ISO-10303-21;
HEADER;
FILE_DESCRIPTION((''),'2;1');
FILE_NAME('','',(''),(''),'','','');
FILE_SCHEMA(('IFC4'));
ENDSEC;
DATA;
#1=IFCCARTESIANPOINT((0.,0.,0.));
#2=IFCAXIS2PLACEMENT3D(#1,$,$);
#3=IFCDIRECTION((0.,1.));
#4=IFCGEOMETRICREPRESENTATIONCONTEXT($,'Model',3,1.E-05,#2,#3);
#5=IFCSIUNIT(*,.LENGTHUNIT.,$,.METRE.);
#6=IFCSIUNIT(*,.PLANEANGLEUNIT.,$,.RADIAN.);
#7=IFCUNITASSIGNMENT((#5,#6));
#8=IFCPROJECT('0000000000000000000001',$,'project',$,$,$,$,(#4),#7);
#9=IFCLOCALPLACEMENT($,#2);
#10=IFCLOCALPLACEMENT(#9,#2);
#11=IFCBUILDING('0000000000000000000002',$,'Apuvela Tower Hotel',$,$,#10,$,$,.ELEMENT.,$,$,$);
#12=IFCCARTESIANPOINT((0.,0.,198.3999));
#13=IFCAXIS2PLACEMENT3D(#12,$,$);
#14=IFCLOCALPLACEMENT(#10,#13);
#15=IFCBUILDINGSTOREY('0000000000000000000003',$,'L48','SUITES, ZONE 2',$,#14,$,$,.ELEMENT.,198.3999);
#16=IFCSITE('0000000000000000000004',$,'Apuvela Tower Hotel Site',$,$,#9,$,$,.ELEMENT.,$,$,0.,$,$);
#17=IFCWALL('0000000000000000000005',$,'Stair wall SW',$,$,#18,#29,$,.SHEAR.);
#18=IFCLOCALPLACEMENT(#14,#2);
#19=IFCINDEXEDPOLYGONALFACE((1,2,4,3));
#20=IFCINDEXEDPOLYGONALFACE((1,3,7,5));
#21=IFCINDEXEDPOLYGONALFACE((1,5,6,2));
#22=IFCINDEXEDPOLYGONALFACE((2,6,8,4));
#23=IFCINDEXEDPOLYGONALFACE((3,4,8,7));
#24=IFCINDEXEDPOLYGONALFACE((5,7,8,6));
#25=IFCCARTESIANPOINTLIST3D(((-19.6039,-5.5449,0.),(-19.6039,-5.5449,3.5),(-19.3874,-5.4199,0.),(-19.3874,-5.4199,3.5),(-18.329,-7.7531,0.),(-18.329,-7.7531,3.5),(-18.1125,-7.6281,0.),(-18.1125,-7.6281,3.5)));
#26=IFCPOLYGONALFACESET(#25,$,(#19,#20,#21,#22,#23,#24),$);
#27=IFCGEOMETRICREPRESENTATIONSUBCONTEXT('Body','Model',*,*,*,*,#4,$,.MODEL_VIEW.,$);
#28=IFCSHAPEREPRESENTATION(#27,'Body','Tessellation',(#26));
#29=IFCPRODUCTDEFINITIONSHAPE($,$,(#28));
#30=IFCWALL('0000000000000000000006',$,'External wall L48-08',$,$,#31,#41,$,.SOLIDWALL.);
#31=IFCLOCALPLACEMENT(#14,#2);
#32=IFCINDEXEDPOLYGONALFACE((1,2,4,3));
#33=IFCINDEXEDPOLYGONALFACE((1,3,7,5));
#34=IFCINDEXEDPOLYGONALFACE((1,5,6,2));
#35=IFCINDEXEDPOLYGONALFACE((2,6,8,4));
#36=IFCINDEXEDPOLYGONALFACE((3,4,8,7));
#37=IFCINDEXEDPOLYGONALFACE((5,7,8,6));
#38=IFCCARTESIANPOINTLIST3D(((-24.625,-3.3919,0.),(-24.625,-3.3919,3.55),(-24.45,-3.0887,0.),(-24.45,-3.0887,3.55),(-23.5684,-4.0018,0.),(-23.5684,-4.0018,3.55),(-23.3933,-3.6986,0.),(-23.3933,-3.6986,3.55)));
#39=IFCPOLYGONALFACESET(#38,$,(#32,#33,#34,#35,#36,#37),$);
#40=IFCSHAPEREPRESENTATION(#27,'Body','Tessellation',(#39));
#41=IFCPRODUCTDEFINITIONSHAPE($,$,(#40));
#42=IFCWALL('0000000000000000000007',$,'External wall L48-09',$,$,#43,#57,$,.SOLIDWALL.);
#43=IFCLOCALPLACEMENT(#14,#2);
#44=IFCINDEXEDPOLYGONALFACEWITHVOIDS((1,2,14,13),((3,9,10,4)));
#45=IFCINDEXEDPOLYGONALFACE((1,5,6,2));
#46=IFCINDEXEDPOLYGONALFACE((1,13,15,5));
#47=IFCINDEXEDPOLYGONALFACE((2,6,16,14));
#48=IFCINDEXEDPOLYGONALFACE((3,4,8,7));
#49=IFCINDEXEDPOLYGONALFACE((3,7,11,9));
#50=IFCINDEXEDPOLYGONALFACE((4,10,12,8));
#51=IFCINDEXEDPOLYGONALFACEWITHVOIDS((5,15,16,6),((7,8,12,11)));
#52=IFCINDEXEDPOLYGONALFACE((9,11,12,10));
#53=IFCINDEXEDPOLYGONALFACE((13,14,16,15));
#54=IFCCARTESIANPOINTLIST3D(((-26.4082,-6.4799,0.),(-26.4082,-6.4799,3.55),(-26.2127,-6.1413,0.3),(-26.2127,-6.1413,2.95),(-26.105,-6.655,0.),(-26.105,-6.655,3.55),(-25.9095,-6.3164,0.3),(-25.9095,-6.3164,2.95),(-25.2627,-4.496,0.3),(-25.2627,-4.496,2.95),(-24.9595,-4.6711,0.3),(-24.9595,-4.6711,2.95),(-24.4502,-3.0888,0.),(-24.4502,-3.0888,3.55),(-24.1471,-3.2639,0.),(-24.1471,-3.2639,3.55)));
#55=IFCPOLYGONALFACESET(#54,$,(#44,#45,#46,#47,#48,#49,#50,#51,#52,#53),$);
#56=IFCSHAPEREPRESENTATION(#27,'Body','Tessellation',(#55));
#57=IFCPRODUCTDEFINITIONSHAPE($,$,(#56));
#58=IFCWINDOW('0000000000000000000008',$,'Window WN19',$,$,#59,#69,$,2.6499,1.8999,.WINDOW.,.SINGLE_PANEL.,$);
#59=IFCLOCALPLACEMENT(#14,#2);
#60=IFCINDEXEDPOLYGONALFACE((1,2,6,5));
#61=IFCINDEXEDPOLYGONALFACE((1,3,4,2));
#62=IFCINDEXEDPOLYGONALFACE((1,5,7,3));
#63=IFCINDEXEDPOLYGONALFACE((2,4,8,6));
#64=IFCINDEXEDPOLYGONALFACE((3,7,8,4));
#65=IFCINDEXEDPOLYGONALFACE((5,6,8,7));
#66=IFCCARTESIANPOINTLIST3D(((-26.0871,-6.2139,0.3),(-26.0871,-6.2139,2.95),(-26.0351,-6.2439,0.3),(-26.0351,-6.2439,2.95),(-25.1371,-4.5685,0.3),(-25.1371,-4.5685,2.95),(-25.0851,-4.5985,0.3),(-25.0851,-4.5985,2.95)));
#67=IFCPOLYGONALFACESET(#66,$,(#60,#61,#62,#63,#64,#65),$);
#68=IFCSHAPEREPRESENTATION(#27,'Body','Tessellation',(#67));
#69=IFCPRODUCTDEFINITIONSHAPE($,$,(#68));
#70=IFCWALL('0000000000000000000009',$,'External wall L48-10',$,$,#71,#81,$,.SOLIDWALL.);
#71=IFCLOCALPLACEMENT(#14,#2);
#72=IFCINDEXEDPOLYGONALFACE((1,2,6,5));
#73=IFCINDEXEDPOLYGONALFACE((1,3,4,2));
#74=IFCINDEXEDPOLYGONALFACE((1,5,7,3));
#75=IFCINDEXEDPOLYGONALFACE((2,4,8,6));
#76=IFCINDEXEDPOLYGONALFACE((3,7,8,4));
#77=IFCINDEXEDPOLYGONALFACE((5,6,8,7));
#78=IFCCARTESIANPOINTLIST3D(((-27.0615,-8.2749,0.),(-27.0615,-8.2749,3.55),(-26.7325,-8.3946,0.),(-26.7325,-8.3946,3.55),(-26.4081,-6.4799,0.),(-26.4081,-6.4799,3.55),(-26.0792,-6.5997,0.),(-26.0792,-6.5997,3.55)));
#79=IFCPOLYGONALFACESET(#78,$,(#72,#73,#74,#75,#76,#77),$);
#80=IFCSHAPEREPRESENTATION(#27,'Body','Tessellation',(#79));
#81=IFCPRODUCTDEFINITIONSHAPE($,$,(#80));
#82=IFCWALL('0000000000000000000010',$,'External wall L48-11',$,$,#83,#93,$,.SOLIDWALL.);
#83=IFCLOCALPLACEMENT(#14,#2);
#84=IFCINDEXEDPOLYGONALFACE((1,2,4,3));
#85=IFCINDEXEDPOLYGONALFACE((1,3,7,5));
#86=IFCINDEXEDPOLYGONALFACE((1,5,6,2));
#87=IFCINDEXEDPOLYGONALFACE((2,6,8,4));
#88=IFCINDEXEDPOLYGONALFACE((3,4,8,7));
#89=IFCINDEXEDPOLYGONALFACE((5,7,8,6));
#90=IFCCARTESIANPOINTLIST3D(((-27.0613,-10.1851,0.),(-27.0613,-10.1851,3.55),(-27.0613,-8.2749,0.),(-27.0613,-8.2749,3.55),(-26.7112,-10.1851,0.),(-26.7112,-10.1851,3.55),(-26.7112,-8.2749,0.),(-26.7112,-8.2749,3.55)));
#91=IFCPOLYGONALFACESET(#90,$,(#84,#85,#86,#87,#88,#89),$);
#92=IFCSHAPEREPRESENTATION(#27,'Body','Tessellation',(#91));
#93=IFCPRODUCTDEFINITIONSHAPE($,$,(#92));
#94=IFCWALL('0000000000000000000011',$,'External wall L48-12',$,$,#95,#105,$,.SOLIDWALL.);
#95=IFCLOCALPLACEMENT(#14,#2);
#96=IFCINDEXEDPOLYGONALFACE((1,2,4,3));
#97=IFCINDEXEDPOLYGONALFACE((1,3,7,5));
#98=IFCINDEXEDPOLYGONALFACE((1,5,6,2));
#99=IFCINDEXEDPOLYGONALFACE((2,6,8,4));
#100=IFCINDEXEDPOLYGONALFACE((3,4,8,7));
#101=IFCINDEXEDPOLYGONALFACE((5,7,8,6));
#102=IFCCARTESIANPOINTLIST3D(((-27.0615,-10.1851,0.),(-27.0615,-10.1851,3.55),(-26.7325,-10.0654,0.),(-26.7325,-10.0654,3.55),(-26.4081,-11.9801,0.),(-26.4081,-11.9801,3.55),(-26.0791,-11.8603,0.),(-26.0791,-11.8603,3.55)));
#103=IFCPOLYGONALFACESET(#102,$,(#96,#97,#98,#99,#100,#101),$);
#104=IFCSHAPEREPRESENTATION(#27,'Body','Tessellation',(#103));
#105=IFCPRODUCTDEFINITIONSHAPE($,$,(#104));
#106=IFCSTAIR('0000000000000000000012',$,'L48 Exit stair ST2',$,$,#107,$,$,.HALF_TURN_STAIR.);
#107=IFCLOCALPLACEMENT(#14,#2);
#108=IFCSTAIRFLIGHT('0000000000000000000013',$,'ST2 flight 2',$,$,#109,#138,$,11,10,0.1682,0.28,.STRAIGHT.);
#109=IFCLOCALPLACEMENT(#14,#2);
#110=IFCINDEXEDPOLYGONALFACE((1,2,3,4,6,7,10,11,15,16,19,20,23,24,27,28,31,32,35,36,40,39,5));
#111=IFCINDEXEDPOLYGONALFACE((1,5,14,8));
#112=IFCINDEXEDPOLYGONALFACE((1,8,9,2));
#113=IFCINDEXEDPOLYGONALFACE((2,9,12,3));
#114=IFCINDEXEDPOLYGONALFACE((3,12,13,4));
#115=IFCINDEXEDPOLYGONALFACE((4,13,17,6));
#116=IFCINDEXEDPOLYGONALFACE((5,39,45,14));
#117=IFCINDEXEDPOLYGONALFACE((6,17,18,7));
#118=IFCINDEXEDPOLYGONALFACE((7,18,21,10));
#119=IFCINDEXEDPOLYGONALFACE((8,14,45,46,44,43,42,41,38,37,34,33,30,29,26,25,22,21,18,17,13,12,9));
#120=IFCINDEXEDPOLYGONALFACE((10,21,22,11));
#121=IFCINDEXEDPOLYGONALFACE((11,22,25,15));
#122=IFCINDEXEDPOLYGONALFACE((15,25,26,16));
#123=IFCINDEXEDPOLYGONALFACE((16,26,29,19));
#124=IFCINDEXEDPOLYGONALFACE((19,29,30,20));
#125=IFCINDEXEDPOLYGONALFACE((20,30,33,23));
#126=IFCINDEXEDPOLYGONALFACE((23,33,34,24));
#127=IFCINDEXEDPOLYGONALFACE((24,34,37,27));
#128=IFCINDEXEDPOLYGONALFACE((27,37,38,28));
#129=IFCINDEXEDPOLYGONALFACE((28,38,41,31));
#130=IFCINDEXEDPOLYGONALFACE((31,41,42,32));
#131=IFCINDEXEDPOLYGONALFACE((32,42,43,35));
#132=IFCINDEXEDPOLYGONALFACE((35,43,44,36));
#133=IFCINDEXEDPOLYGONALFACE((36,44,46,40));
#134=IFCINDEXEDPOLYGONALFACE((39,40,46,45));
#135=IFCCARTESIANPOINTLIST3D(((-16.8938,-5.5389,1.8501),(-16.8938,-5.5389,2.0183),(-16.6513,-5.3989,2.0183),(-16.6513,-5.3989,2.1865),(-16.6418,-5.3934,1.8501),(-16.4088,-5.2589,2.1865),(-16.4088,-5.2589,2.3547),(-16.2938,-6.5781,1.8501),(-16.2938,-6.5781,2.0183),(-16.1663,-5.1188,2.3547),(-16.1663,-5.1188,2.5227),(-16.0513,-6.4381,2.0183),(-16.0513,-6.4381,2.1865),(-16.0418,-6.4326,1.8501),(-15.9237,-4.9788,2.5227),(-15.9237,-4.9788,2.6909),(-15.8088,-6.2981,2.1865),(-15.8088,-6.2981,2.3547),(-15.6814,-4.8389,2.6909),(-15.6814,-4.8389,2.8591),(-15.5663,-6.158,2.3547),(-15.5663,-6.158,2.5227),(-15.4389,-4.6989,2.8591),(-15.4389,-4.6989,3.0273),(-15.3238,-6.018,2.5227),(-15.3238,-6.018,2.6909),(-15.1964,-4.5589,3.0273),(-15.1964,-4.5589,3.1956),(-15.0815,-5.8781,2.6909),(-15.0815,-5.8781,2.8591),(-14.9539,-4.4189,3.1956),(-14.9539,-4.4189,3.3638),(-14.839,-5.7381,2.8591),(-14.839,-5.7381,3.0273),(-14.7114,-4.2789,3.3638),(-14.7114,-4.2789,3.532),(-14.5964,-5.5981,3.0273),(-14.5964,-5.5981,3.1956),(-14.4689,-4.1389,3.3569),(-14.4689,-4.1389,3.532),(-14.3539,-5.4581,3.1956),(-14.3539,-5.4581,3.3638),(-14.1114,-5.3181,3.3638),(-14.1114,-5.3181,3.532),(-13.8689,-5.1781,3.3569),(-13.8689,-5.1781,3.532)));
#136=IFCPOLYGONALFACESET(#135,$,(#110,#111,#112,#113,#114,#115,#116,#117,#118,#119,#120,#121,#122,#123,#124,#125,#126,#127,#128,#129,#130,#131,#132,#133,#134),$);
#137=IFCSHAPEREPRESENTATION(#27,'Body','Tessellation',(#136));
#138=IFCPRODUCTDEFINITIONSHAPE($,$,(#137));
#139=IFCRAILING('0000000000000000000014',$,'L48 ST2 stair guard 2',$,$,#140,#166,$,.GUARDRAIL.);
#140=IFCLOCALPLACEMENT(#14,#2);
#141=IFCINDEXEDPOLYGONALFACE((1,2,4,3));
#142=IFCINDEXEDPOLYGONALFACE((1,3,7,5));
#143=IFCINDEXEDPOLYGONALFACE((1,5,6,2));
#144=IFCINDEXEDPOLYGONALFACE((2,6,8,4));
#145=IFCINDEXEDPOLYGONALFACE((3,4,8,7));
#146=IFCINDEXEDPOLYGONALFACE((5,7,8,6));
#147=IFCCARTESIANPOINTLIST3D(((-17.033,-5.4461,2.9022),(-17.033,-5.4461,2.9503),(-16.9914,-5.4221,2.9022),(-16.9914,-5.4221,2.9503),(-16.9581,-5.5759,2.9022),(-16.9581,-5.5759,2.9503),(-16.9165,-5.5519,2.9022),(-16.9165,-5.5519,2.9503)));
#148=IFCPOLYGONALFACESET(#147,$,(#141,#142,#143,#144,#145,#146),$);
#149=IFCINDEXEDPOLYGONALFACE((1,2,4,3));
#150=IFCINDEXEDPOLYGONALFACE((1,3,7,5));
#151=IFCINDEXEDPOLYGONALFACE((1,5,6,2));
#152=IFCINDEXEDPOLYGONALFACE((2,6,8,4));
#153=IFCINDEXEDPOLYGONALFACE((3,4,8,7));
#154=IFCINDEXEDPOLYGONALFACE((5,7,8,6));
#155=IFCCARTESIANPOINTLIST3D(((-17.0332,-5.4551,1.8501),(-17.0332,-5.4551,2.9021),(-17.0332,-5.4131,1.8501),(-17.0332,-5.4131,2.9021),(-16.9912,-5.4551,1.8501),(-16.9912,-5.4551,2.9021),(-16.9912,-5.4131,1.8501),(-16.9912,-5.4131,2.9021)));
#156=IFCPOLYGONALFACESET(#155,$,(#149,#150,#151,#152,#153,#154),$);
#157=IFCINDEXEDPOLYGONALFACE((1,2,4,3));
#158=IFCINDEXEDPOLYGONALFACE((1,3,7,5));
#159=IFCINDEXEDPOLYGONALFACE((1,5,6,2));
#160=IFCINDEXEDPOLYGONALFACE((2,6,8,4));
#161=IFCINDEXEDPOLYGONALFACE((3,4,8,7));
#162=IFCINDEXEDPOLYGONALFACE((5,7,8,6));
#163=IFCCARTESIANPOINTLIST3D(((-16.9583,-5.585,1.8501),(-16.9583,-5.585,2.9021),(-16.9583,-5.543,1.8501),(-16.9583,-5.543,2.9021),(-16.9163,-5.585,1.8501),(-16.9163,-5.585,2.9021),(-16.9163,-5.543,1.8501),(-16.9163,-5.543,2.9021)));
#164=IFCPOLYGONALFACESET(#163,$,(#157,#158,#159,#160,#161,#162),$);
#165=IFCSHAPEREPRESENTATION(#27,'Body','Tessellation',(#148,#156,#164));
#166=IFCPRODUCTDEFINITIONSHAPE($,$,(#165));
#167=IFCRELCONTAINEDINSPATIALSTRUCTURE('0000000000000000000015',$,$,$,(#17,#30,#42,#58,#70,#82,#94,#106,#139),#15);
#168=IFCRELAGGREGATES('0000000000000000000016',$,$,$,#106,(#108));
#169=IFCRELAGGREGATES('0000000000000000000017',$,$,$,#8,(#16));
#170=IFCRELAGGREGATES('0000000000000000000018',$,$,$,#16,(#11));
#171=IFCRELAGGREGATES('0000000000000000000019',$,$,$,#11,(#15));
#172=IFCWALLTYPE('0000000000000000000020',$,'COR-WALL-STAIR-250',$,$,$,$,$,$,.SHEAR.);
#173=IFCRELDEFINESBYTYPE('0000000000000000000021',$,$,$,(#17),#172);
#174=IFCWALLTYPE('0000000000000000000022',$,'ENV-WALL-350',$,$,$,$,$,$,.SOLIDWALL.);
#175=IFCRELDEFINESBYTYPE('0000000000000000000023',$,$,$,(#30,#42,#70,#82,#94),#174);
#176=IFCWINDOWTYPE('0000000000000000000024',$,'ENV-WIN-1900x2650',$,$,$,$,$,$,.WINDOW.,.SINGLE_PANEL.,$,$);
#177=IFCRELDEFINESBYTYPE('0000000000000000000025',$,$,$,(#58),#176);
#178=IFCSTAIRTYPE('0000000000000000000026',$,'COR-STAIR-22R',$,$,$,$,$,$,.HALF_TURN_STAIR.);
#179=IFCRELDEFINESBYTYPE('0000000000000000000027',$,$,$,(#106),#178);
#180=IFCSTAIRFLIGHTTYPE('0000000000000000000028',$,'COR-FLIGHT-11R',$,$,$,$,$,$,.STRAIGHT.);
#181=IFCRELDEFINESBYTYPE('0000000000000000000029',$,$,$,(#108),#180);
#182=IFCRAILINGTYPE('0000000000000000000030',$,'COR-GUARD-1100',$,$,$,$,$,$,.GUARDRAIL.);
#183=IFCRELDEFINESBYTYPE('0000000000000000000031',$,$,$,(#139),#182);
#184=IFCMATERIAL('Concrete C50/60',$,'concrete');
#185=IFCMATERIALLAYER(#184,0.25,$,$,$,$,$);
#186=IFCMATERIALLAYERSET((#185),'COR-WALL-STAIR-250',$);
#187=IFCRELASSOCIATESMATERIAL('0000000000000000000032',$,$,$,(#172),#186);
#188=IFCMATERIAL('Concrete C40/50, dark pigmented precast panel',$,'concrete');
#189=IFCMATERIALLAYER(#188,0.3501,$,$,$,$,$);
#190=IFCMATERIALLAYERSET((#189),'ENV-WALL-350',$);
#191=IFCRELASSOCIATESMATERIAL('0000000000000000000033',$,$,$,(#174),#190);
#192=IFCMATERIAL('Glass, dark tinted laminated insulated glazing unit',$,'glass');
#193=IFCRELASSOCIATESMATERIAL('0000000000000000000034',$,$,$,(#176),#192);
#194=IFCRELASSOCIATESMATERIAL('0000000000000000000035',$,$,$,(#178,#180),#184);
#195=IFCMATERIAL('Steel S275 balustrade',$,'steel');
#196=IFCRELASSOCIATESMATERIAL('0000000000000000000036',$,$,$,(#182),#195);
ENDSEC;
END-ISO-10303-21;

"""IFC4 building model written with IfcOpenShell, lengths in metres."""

from ifc_helpers import new_model, si_unit, direction, frame, frame_2d, origin, origin_2d, place, context, subcontext, project, spatial, polyline, rectangle, outline, extrude, material, layer, layer_set, type_object, element, fill, aggregate, save


model = new_model("IFC4")

# Units and contexts
model_context = context("Model", 3, precision=1e-05, world=origin(), true_north=direction((0.0, 1.0)))
body_context = subcontext(model_context, "Body", "Model", "MODEL_VIEW")
ifc_project = project(units=[si_unit("LENGTHUNIT", "METRE"), si_unit("PLANEANGLEUNIT", "RADIAN")], contexts=[model_context])

# Site, building, storey
site_placement = place(None, origin())
site = spatial("IfcSite", under=ifc_project, at=site_placement, Name="Apuvela Tower Hotel Site", CompositionType="ELEMENT", RefElevation=0.0)
building_placement = place(site_placement, origin())
building = spatial("IfcBuilding", under=site, at=building_placement, Name="Apuvela Tower Hotel", CompositionType="ELEMENT")
storey_placement = place(building_placement, frame((0.0, 0.0, 198.3999)))
storey = spatial("IfcBuildingStorey", under=building, at=storey_placement, Name="L48", Description="SUITES, ZONE 2", CompositionType="ELEMENT", Elevation=198.3999)

# Walls
ifc_material_1 = material(Name="Concrete C50/60", Category="concrete")
ifc_layer_1 = layer(ifc_material_1, 0.25)
ifc_layer_set_1 = layer_set([ifc_layer_1], Name="COR-WALL-STAIR-250")
wall_type_1 = type_object("IfcWallType", Name="COR-WALL-STAIR-250", PredefinedType="SHEAR", material=ifc_layer_set_1)
wall_1_placement = place(storey_placement, frame((-19.4956, -5.4824, 0.0), z_axis=(0.0, 0.0, 1.0), x_axis=(0.49999, -0.866031, 0.0)))
element("IfcWall", 1, at=wall_1_placement, inside=storey, type_object=wall_type_1, Name="Stair wall SW", PredefinedType="SHEAR", context=body_context, shape_type="SweptSolid", body=[
    extrude(rectangle(XDim=2.5498, YDim=0.25, at=frame_2d((1.2749, 0.0))), origin(), (0.0, 0.0, 1.0), 3.5),
])
ifc_material_2 = material(Name="Concrete C40/50, dark pigmented precast panel", Category="concrete")
ifc_layer_2 = layer(ifc_material_2, 0.3501)
ifc_layer_set_2 = layer_set([ifc_layer_2], Name="ENV-WALL-350")
wall_type_2 = type_object("IfcWallType", Name="ENV-WALL-350", PredefinedType="SOLIDWALL", material=ifc_layer_set_2)
wall_2_placement = place(storey_placement, frame((-23.481, -3.8501, 0.0), z_axis=(0.0, 0.0, 1.0), x_axis=(-0.866092, 0.499884, 0.0)))
element("IfcWall", 2, at=wall_2_placement, inside=storey, type_object=wall_type_2, Name="External wall L48-08", PredefinedType="SOLIDWALL", context=body_context, shape_type="SweptSolid", body=[
    extrude(rectangle(XDim=1.22, YDim=0.3501, at=frame_2d((0.6099, 0.0))), origin(), (0.0, 0.0, 1.0), 3.55),
])

# Wall, opening, window
wall_3_placement = place(storey_placement, frame((-24.2986, -3.1763, 0.0), z_axis=(0.0, 0.0, 1.0), x_axis=(-0.500028, -0.866009, 0.0)))
wall_3 = element("IfcWall", 3, at=wall_3_placement, inside=storey, type_object=wall_type_2, Name="External wall L48-09", PredefinedType="SOLIDWALL", context=body_context, shape_type="SweptSolid", body=[
    extrude(rectangle(XDim=3.9158, YDim=0.3501, at=frame_2d((1.958, 0.0))), origin(), (0.0, 0.0, 1.0), 3.55),
])
opening_1_placement = place(wall_3_placement, frame((1.625, 0.0, 0.3)))
opening_1 = element("IfcOpeningElement", 4, at=opening_1_placement, cuts=wall_3, PredefinedType="OPENING", context=body_context, shape_type="SweptSolid", body=[
    extrude(rectangle(XDim=1.8999, YDim=2.6499, at=frame_2d((0.95, 1.325))), frame((0.0, 0.1851, 0.0), z_axis=(0.0, -1.0, 0.0), x_axis=(1.0, 0.0, 0.0)), (0.0, 0.0, 1.0), 0.3701),
])
ifc_material_3 = material(Name="Glass, dark tinted laminated insulated glazing unit", Category="glass")
window_type = type_object("IfcWindowType", Name="ENV-WIN-1900x2650", PartitioningType="SINGLE_PANEL", PredefinedType="WINDOW", material=ifc_material_3)
window_placement = place(opening_1_placement, origin())
window = element("IfcWindow", 5, at=window_placement, inside=storey, type_object=window_type, Name="Window WN19", OverallHeight=2.6499, OverallWidth=1.8999, PartitioningType="SINGLE_PANEL", PredefinedType="WINDOW", context=body_context, shape_type="SweptSolid", body=[
    extrude(rectangle(XDim=1.8999, YDim=2.6499, at=frame_2d((0.95, 1.325))), frame((0.0, 0.03, 0.0), z_axis=(0.0, -1.0, 0.0), x_axis=(1.0, 0.0, 0.0)), (0.0, 0.0, 1.0), 0.0601),
])
fill(opening_1, window)

# Walls
for number, where, z_axis, x_axis, name in (
    (6, (-26.2437, -6.5398, 0.0), (0.0, 0.0, 1.0), (-0.34203, -0.939689, 0.0), "External wall L48-10"),
    (7, (-26.8862, -8.2749, 0.0), (0.0, 0.0, 1.0), (0.0, -1.0, 0.0), "External wall L48-11"),
    (8, (-26.897, -10.1252, 0.0), (0.0, 0.0, 1.0), (0.34203, -0.939689, 0.0), "External wall L48-12"),
):
    element("IfcWall", number, at=place(storey_placement, frame(where, z_axis=z_axis, x_axis=x_axis)), inside=storey, type_object=wall_type_2, Name=name, PredefinedType="SOLIDWALL", context=body_context, shape_type="SweptSolid", body=[
        extrude(rectangle(XDim=1.9102, YDim=0.3501, at=frame_2d((0.9551, 0.0))), origin(), (0.0, 0.0, 1.0), 3.55),
    ])

# Stair, stair flight
stair_type = type_object("IfcStairType", Name="COR-STAIR-22R", PredefinedType="HALF_TURN_STAIR", material=ifc_material_1)
stair_placement = place(storey_placement, origin())
stair = element("IfcStair", 9, at=stair_placement, inside=storey, type_object=stair_type, Name="L48 Exit stair ST2", PredefinedType="HALF_TURN_STAIR")
stair_flight_type = type_object("IfcStairFlightType", Name="COR-FLIGHT-11R", PredefinedType="STRAIGHT", material=ifc_material_1)
stair_flight_placement = place(storey_placement, frame((-16.5938, -6.0586, 1.8501), z_axis=(0.0, 0.0, 1.0), x_axis=(0.866025, 0.5, 0.0)))
stair_flight = element("IfcStairFlight", 10, at=stair_flight_placement, type_object=stair_flight_type, Name="ST2 flight 2", NumberOfRisers=11, NumberOfTreads=10, PredefinedType="STRAIGHT", RiserHeight=0.1682, TreadLength=0.28, context=body_context, shape_type="SweptSolid", body=[
    extrude(outline(polyline([(0.0, 0.0), (0.0, 0.1682), (0.28, 0.1682), (0.28, 0.3364), (0.5601, 0.3364), (0.5601, 0.5046), (0.8401, 0.5046), (0.8401, 0.6726), (1.1201, 0.6726), (1.1201, 0.8408), (1.3999, 0.8408), (1.3999, 1.009), (1.6799, 1.009), (1.6799, 1.1772), (1.96, 1.1772), (1.96, 1.3455), (2.24, 1.3455), (2.24, 1.5137), (2.52, 1.5137), (2.52, 1.6819), (2.8, 1.6819), (2.8, 1.8501), (2.8, 1.5068), (0.291, 0.0), (0.0, 0.0)])), frame((0.0, 0.6001, 0.0), z_axis=(0.0, -1.0, 0.0), x_axis=(1.0, 0.0, 0.0)), (0.0, 0.0, 1.0), 1.2),
])
aggregate(stair, [stair_flight])

# Railing
ifc_material_4 = material(Name="Steel S275 balustrade", Category="steel")
railing_type_1 = type_object("IfcRailingType", Name="COR-GUARD-1100", PredefinedType="GUARDRAIL", material=ifc_material_4)
railing_1_placement = place(storey_placement, frame((-17.0122, -5.4341, 1.8501)))
element("IfcRailing", 11, at=railing_1_placement, inside=storey, type_object=railing_type_1, Name="L48 ST2 stair guard 2", PredefinedType="GUARDRAIL", context=body_context, shape_type="SweptSolid", body=[
    extrude(rectangle(XDim=0.0481, YDim=0.0481, at=origin_2d()), frame((0.0, 0.0, 1.0762), z_axis=(0.499816, -0.866131, 0.0), x_axis=(0.866131, 0.499816, 0.0)), (0.0, 0.0, 1.0), 0.1499),
    extrude(rectangle(XDim=0.042, YDim=0.042, at=origin_2d()), origin(), (0.0, 0.0, 1.0), 1.052),
    extrude(rectangle(XDim=0.042, YDim=0.042, at=origin_2d()), frame((0.075, -0.1299, 0.0)), (0.0, 0.0, 1.0), 1.052),
])

save(model, "model.ifc")
